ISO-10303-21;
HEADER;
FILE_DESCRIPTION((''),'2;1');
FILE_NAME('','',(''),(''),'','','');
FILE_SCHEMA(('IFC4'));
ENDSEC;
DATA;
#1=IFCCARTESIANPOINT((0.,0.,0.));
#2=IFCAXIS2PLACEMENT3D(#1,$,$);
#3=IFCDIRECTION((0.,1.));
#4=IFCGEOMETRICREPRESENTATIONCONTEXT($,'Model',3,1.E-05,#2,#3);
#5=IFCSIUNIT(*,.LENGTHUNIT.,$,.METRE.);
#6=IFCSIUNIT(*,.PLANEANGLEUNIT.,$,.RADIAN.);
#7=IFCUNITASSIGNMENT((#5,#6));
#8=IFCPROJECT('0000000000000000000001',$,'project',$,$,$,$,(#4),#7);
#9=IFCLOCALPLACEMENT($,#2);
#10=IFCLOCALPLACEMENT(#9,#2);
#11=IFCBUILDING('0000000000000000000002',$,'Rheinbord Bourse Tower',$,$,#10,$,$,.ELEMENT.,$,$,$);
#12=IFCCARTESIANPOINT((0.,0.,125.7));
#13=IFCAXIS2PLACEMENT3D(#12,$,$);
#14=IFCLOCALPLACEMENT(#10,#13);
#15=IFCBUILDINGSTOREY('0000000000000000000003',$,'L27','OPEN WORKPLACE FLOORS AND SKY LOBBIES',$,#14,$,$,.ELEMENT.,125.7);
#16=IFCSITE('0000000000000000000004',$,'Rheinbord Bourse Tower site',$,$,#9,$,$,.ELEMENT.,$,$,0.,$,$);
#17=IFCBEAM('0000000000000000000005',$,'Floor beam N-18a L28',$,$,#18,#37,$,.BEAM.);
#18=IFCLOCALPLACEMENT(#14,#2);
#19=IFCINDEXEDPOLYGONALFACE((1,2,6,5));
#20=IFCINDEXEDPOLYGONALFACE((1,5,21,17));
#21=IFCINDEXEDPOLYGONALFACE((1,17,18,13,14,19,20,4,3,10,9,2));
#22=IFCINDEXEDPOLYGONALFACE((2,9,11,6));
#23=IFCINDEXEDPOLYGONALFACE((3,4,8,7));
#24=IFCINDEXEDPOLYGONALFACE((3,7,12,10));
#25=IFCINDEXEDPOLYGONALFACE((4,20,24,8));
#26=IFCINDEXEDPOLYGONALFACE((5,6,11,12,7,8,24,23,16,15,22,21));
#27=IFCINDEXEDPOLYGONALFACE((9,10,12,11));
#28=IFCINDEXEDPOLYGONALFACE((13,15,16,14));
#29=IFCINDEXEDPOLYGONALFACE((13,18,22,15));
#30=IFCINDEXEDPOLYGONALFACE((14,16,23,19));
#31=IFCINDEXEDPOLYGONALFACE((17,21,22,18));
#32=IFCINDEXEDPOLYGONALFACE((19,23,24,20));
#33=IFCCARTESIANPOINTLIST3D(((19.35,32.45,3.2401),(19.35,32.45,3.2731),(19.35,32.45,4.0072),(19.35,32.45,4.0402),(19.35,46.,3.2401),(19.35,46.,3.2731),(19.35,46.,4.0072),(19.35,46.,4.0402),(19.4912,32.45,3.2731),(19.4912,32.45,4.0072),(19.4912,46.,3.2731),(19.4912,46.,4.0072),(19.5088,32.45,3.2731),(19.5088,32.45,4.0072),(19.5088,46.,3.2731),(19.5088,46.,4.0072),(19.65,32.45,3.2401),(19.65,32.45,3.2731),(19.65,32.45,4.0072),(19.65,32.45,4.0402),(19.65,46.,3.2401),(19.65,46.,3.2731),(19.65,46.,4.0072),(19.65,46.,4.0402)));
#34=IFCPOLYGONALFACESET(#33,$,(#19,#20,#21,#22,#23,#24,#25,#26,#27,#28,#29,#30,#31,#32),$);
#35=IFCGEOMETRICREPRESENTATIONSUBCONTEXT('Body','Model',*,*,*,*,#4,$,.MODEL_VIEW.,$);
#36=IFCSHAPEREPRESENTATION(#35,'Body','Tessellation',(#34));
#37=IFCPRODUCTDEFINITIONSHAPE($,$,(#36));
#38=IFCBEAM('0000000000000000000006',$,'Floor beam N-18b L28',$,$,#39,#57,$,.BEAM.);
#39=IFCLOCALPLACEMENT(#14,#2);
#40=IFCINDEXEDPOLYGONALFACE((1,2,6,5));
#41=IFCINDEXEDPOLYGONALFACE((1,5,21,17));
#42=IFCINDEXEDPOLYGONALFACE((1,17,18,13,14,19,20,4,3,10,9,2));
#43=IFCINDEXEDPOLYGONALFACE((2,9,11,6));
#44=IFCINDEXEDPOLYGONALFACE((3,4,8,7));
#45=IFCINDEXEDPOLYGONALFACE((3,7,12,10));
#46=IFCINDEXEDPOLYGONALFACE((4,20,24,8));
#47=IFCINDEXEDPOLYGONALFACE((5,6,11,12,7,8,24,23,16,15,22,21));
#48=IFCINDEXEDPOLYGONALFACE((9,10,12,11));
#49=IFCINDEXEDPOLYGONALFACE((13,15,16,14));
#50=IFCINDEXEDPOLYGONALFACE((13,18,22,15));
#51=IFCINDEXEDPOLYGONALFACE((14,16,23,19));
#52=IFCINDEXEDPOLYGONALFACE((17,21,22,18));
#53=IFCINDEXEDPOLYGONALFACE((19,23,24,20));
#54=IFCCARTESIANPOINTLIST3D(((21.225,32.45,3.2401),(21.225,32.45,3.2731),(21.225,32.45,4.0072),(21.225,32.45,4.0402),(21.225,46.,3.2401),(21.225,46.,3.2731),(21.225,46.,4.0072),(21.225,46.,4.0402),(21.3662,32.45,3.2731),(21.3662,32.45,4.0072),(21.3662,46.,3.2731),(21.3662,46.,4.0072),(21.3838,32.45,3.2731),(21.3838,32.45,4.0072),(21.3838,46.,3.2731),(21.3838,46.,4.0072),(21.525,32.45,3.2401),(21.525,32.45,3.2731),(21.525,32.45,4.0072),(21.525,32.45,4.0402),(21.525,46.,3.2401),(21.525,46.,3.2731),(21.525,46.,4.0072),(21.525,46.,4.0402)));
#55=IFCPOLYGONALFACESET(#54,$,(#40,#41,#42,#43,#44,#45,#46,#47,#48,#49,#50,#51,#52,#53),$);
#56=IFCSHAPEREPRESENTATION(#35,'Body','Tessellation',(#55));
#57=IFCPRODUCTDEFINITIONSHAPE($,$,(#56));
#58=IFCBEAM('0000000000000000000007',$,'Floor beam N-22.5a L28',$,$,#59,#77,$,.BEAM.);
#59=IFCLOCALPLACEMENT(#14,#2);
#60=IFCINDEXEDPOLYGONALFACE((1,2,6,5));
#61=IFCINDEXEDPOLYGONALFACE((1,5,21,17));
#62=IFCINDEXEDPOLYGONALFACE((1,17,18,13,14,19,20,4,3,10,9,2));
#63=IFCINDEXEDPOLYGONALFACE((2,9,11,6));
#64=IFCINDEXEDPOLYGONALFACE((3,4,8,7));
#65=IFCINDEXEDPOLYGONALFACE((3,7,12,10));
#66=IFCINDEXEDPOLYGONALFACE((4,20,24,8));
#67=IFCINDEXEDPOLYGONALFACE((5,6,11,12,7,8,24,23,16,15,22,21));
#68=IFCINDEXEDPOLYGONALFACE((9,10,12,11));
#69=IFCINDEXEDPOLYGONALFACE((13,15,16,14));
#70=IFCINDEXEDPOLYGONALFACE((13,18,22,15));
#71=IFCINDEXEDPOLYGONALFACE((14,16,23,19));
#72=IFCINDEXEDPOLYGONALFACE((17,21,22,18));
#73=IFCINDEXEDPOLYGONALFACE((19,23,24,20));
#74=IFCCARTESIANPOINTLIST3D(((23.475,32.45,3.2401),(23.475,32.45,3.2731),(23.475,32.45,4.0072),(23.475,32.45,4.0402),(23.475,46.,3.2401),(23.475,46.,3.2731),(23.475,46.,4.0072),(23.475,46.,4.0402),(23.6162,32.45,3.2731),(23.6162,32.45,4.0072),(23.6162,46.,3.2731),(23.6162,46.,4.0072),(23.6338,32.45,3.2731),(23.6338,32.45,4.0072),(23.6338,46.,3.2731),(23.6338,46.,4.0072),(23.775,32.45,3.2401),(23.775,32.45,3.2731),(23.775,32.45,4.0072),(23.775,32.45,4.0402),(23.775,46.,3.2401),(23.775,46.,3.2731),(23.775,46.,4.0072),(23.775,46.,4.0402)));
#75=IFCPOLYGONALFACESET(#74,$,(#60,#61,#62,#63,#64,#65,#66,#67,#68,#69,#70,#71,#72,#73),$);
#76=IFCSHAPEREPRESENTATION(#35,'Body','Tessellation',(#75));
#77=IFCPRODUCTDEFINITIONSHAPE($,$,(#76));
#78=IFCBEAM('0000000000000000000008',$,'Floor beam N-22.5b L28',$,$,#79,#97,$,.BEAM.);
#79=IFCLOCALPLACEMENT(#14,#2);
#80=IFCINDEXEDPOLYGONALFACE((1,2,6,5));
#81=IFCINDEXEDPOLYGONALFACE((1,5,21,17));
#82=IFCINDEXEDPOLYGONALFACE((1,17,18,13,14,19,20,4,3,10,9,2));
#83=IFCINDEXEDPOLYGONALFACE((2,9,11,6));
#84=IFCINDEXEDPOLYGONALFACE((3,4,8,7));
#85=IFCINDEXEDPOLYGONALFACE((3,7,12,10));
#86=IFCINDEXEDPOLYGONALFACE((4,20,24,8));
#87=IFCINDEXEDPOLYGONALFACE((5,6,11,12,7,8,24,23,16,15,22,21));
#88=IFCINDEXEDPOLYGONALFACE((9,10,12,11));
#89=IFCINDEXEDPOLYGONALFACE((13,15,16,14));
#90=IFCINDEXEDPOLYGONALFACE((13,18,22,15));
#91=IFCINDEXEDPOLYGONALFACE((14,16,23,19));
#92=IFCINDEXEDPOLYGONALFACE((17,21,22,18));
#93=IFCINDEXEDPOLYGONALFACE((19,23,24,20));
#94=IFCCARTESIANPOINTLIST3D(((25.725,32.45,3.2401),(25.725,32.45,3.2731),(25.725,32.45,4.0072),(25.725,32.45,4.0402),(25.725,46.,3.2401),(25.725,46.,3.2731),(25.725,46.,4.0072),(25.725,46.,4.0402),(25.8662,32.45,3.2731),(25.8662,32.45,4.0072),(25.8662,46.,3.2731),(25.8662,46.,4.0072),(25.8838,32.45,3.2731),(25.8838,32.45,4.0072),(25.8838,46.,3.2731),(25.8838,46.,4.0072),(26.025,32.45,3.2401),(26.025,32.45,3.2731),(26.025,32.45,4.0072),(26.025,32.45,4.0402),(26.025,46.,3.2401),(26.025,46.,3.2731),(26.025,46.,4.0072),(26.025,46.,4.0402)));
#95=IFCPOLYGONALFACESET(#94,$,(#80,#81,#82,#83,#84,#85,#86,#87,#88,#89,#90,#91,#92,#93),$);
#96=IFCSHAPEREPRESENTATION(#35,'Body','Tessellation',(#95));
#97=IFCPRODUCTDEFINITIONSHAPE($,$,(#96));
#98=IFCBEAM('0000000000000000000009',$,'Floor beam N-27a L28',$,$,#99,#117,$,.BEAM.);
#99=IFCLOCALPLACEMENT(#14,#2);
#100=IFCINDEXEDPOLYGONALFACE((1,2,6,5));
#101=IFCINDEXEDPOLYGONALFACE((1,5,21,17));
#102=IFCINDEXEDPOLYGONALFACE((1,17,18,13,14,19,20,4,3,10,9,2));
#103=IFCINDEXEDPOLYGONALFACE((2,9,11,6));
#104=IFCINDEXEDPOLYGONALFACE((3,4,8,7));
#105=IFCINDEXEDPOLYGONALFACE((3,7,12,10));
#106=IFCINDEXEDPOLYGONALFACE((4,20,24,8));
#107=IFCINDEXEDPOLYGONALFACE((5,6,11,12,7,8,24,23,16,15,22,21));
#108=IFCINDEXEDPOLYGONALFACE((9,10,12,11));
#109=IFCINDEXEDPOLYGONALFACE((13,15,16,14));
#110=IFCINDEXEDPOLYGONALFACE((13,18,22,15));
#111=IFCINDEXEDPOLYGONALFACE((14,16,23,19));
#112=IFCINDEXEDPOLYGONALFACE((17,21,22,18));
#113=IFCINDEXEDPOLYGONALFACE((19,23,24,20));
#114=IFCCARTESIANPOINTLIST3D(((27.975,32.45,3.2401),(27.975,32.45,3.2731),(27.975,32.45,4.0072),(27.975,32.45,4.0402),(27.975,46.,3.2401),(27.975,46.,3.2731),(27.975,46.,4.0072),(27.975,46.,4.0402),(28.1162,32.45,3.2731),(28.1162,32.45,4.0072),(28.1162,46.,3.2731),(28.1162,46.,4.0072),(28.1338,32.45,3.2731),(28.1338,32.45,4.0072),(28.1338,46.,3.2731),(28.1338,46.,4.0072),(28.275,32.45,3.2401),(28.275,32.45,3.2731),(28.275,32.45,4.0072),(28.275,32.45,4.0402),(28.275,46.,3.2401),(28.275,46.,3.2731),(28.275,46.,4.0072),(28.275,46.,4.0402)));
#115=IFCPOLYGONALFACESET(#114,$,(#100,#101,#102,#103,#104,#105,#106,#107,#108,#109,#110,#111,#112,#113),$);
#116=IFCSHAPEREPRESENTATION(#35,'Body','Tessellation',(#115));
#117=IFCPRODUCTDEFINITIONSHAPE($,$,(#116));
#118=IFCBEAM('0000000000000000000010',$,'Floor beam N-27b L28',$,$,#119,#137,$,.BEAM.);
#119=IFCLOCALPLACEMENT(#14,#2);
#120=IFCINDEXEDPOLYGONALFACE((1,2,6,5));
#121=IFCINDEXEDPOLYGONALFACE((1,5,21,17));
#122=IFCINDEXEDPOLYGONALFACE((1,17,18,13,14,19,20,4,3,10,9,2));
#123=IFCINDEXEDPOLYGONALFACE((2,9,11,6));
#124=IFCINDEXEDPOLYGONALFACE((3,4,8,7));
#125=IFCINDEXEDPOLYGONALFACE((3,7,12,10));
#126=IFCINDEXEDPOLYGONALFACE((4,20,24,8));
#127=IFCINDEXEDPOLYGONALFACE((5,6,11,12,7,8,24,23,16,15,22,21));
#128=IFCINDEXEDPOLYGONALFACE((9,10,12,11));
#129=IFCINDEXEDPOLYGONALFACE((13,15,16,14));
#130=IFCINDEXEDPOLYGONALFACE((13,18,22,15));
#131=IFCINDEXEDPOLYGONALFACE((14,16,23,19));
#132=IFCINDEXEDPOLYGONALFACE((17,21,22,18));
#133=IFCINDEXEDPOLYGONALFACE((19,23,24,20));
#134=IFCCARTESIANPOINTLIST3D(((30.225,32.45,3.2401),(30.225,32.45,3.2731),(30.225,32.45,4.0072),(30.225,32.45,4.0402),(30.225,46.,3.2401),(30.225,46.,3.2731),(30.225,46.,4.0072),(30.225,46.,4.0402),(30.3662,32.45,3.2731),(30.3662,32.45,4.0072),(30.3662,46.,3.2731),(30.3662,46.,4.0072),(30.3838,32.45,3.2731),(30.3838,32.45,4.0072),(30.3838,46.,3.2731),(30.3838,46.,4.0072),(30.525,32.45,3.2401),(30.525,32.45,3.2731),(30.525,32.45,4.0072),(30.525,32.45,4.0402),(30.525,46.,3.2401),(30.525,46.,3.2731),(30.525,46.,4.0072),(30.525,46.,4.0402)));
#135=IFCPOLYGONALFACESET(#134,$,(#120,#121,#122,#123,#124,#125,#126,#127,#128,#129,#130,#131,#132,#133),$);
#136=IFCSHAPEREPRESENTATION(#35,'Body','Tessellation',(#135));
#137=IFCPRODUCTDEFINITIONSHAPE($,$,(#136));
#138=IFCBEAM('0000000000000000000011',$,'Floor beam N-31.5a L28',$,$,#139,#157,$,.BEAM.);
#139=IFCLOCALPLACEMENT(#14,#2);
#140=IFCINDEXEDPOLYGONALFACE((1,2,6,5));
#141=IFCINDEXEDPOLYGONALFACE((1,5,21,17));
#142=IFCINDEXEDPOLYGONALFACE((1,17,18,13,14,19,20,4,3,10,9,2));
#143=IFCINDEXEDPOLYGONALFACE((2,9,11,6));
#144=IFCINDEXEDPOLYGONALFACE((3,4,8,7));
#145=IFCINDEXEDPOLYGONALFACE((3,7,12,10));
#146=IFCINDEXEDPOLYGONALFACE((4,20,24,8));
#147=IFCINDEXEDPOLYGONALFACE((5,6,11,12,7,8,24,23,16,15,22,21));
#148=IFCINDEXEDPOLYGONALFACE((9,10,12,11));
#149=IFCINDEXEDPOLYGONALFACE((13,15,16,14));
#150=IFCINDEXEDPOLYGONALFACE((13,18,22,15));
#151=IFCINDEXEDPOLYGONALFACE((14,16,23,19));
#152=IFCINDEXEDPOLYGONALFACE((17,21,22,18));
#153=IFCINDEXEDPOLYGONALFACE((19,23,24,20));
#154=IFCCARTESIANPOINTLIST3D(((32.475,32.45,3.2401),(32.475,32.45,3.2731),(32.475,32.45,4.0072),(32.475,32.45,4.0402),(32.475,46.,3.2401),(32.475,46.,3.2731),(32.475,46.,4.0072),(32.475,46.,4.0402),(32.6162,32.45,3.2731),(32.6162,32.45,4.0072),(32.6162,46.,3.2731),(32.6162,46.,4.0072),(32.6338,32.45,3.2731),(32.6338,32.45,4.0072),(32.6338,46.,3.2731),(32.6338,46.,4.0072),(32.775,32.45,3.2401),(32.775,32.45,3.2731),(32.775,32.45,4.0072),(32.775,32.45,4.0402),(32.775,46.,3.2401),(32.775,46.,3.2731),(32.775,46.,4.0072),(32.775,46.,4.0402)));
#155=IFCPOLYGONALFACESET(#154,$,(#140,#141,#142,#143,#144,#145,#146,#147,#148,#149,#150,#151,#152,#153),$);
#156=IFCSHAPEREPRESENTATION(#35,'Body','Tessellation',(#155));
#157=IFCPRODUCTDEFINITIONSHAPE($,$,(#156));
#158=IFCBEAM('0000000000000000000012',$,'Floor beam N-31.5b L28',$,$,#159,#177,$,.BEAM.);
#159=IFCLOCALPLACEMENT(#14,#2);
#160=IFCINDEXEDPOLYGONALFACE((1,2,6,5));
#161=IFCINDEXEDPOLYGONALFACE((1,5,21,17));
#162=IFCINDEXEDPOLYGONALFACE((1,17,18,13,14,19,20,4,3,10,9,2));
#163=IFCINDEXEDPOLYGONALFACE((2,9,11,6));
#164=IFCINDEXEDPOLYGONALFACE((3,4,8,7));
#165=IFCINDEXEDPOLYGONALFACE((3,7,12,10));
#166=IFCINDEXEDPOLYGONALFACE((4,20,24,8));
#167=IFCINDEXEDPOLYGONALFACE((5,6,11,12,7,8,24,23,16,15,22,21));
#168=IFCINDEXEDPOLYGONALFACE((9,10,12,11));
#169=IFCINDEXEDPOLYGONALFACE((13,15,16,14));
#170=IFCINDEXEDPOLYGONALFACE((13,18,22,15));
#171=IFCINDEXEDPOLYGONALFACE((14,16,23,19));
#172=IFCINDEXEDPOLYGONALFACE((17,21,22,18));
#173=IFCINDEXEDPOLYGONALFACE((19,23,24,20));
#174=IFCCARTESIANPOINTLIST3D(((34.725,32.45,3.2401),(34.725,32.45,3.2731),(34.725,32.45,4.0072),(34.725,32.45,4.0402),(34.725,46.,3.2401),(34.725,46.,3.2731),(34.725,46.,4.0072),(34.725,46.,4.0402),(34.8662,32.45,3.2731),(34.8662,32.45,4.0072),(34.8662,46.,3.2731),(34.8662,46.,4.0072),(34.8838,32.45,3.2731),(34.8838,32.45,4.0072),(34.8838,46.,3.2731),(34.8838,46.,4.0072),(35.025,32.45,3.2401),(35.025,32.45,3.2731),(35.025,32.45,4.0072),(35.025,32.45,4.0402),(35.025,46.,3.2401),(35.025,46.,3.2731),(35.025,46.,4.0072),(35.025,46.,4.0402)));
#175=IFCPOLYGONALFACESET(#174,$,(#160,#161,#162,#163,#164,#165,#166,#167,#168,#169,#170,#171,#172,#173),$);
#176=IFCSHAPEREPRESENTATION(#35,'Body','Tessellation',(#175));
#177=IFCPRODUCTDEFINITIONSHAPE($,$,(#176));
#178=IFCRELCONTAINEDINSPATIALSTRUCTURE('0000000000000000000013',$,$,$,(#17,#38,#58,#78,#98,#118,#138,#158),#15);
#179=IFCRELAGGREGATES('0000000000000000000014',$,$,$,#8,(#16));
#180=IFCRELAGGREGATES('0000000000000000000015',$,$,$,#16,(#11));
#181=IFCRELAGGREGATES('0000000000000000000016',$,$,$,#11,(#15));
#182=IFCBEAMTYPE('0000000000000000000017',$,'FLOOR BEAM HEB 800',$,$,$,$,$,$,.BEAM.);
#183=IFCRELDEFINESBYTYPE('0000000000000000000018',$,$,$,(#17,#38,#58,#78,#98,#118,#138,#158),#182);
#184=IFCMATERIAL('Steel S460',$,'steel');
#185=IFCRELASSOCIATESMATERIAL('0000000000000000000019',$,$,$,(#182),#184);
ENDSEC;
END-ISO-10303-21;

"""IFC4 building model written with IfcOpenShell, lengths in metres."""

from ifc_helpers import new_model, si_unit, direction, frame, origin, origin_2d, place, context, subcontext, project, spatial, i_section, extrude, material, material_profile, profile_set, type_object, element, save


model = new_model("IFC4")

# Units and contexts
model_context = context("Model", 3, precision=1e-05, world=origin(), true_north=direction((0.0, 1.0)))
body_context = subcontext(model_context, "Body", "Model", "MODEL_VIEW")
ifc_project = project(units=[si_unit("LENGTHUNIT", "METRE"), si_unit("PLANEANGLEUNIT", "RADIAN")], contexts=[model_context])

# Site, building, storey
site_placement = place(None, origin())
site = spatial("IfcSite", under=ifc_project, at=site_placement, Name="Rheinbord Bourse Tower site", CompositionType="ELEMENT", RefElevation=0.0)
building_placement = place(site_placement, origin())
building = spatial("IfcBuilding", under=site, at=building_placement, Name="Rheinbord Bourse Tower", CompositionType="ELEMENT")
storey_placement = place(building_placement, frame((0.0, 0.0, 125.7)))
storey = spatial("IfcBuildingStorey", under=building, at=storey_placement, Name="L27", Description="OPEN WORKPLACE FLOORS AND SKY LOBBIES", CompositionType="ELEMENT", Elevation=125.7)

# Beams
ifc_material_1 = material(Name="Steel S460", Category="steel")
ifc_material_profile_1 = material_profile(ifc_material_1, i_section(OverallWidth=0.3, OverallDepth=0.8, WebThickness=0.0176, FlangeThickness=0.033, at=origin_2d()), Name="HEB 800")
ifc_profile_set_1 = profile_set([ifc_material_profile_1], Name="Steel S460")
beam_type_1 = type_object("IfcBeamType", Name="FLOOR BEAM HEB 800", PredefinedType="BEAM", material=ifc_profile_set_1)
for number, where, z_axis, x_axis, name in (
    (1, (19.5, 46.0, 3.6401), (0.0, -1.0, 0.0), (1.0, 0.0, 0.0), "Floor beam N-18a L28"),
    (2, (21.375, 46.0, 3.6401), (0.0, -1.0, 0.0), (1.0, 0.0, 0.0), "Floor beam N-18b L28"),
    (3, (23.625, 46.0, 3.6401), (0.0, -1.0, 0.0), (1.0, 0.0, 0.0), "Floor beam N-22.5a L28"),
    (4, (25.875, 46.0, 3.6401), (0.0, -1.0, 0.0), (1.0, 0.0, 0.0), "Floor beam N-22.5b L28"),
    (5, (28.125, 46.0, 3.6401), (0.0, -1.0, 0.0), (1.0, 0.0, 0.0), "Floor beam N-27a L28"),
    (6, (30.375, 46.0, 3.6401), (0.0, -1.0, 0.0), (1.0, 0.0, 0.0), "Floor beam N-27b L28"),
    (7, (32.625, 46.0, 3.6401), (0.0, -1.0, 0.0), (1.0, 0.0, 0.0), "Floor beam N-31.5a L28"),
    (8, (34.875, 46.0, 3.6401), (0.0, -1.0, 0.0), (1.0, 0.0, 0.0), "Floor beam N-31.5b L28"),
):
    element("IfcBeam", number, at=place(storey_placement, frame(where, z_axis=z_axis, x_axis=x_axis)), inside=storey, type_object=beam_type_1, Name=name, PredefinedType="BEAM", context=body_context, shape_type="SweptSolid", body=[
        extrude(i_section(OverallWidth=0.3, OverallDepth=0.8, WebThickness=0.0176, FlangeThickness=0.033, at=origin_2d()), origin(), (0.0, 0.0, 1.0), 13.55),
    ])

save(model, "model.ifc")
